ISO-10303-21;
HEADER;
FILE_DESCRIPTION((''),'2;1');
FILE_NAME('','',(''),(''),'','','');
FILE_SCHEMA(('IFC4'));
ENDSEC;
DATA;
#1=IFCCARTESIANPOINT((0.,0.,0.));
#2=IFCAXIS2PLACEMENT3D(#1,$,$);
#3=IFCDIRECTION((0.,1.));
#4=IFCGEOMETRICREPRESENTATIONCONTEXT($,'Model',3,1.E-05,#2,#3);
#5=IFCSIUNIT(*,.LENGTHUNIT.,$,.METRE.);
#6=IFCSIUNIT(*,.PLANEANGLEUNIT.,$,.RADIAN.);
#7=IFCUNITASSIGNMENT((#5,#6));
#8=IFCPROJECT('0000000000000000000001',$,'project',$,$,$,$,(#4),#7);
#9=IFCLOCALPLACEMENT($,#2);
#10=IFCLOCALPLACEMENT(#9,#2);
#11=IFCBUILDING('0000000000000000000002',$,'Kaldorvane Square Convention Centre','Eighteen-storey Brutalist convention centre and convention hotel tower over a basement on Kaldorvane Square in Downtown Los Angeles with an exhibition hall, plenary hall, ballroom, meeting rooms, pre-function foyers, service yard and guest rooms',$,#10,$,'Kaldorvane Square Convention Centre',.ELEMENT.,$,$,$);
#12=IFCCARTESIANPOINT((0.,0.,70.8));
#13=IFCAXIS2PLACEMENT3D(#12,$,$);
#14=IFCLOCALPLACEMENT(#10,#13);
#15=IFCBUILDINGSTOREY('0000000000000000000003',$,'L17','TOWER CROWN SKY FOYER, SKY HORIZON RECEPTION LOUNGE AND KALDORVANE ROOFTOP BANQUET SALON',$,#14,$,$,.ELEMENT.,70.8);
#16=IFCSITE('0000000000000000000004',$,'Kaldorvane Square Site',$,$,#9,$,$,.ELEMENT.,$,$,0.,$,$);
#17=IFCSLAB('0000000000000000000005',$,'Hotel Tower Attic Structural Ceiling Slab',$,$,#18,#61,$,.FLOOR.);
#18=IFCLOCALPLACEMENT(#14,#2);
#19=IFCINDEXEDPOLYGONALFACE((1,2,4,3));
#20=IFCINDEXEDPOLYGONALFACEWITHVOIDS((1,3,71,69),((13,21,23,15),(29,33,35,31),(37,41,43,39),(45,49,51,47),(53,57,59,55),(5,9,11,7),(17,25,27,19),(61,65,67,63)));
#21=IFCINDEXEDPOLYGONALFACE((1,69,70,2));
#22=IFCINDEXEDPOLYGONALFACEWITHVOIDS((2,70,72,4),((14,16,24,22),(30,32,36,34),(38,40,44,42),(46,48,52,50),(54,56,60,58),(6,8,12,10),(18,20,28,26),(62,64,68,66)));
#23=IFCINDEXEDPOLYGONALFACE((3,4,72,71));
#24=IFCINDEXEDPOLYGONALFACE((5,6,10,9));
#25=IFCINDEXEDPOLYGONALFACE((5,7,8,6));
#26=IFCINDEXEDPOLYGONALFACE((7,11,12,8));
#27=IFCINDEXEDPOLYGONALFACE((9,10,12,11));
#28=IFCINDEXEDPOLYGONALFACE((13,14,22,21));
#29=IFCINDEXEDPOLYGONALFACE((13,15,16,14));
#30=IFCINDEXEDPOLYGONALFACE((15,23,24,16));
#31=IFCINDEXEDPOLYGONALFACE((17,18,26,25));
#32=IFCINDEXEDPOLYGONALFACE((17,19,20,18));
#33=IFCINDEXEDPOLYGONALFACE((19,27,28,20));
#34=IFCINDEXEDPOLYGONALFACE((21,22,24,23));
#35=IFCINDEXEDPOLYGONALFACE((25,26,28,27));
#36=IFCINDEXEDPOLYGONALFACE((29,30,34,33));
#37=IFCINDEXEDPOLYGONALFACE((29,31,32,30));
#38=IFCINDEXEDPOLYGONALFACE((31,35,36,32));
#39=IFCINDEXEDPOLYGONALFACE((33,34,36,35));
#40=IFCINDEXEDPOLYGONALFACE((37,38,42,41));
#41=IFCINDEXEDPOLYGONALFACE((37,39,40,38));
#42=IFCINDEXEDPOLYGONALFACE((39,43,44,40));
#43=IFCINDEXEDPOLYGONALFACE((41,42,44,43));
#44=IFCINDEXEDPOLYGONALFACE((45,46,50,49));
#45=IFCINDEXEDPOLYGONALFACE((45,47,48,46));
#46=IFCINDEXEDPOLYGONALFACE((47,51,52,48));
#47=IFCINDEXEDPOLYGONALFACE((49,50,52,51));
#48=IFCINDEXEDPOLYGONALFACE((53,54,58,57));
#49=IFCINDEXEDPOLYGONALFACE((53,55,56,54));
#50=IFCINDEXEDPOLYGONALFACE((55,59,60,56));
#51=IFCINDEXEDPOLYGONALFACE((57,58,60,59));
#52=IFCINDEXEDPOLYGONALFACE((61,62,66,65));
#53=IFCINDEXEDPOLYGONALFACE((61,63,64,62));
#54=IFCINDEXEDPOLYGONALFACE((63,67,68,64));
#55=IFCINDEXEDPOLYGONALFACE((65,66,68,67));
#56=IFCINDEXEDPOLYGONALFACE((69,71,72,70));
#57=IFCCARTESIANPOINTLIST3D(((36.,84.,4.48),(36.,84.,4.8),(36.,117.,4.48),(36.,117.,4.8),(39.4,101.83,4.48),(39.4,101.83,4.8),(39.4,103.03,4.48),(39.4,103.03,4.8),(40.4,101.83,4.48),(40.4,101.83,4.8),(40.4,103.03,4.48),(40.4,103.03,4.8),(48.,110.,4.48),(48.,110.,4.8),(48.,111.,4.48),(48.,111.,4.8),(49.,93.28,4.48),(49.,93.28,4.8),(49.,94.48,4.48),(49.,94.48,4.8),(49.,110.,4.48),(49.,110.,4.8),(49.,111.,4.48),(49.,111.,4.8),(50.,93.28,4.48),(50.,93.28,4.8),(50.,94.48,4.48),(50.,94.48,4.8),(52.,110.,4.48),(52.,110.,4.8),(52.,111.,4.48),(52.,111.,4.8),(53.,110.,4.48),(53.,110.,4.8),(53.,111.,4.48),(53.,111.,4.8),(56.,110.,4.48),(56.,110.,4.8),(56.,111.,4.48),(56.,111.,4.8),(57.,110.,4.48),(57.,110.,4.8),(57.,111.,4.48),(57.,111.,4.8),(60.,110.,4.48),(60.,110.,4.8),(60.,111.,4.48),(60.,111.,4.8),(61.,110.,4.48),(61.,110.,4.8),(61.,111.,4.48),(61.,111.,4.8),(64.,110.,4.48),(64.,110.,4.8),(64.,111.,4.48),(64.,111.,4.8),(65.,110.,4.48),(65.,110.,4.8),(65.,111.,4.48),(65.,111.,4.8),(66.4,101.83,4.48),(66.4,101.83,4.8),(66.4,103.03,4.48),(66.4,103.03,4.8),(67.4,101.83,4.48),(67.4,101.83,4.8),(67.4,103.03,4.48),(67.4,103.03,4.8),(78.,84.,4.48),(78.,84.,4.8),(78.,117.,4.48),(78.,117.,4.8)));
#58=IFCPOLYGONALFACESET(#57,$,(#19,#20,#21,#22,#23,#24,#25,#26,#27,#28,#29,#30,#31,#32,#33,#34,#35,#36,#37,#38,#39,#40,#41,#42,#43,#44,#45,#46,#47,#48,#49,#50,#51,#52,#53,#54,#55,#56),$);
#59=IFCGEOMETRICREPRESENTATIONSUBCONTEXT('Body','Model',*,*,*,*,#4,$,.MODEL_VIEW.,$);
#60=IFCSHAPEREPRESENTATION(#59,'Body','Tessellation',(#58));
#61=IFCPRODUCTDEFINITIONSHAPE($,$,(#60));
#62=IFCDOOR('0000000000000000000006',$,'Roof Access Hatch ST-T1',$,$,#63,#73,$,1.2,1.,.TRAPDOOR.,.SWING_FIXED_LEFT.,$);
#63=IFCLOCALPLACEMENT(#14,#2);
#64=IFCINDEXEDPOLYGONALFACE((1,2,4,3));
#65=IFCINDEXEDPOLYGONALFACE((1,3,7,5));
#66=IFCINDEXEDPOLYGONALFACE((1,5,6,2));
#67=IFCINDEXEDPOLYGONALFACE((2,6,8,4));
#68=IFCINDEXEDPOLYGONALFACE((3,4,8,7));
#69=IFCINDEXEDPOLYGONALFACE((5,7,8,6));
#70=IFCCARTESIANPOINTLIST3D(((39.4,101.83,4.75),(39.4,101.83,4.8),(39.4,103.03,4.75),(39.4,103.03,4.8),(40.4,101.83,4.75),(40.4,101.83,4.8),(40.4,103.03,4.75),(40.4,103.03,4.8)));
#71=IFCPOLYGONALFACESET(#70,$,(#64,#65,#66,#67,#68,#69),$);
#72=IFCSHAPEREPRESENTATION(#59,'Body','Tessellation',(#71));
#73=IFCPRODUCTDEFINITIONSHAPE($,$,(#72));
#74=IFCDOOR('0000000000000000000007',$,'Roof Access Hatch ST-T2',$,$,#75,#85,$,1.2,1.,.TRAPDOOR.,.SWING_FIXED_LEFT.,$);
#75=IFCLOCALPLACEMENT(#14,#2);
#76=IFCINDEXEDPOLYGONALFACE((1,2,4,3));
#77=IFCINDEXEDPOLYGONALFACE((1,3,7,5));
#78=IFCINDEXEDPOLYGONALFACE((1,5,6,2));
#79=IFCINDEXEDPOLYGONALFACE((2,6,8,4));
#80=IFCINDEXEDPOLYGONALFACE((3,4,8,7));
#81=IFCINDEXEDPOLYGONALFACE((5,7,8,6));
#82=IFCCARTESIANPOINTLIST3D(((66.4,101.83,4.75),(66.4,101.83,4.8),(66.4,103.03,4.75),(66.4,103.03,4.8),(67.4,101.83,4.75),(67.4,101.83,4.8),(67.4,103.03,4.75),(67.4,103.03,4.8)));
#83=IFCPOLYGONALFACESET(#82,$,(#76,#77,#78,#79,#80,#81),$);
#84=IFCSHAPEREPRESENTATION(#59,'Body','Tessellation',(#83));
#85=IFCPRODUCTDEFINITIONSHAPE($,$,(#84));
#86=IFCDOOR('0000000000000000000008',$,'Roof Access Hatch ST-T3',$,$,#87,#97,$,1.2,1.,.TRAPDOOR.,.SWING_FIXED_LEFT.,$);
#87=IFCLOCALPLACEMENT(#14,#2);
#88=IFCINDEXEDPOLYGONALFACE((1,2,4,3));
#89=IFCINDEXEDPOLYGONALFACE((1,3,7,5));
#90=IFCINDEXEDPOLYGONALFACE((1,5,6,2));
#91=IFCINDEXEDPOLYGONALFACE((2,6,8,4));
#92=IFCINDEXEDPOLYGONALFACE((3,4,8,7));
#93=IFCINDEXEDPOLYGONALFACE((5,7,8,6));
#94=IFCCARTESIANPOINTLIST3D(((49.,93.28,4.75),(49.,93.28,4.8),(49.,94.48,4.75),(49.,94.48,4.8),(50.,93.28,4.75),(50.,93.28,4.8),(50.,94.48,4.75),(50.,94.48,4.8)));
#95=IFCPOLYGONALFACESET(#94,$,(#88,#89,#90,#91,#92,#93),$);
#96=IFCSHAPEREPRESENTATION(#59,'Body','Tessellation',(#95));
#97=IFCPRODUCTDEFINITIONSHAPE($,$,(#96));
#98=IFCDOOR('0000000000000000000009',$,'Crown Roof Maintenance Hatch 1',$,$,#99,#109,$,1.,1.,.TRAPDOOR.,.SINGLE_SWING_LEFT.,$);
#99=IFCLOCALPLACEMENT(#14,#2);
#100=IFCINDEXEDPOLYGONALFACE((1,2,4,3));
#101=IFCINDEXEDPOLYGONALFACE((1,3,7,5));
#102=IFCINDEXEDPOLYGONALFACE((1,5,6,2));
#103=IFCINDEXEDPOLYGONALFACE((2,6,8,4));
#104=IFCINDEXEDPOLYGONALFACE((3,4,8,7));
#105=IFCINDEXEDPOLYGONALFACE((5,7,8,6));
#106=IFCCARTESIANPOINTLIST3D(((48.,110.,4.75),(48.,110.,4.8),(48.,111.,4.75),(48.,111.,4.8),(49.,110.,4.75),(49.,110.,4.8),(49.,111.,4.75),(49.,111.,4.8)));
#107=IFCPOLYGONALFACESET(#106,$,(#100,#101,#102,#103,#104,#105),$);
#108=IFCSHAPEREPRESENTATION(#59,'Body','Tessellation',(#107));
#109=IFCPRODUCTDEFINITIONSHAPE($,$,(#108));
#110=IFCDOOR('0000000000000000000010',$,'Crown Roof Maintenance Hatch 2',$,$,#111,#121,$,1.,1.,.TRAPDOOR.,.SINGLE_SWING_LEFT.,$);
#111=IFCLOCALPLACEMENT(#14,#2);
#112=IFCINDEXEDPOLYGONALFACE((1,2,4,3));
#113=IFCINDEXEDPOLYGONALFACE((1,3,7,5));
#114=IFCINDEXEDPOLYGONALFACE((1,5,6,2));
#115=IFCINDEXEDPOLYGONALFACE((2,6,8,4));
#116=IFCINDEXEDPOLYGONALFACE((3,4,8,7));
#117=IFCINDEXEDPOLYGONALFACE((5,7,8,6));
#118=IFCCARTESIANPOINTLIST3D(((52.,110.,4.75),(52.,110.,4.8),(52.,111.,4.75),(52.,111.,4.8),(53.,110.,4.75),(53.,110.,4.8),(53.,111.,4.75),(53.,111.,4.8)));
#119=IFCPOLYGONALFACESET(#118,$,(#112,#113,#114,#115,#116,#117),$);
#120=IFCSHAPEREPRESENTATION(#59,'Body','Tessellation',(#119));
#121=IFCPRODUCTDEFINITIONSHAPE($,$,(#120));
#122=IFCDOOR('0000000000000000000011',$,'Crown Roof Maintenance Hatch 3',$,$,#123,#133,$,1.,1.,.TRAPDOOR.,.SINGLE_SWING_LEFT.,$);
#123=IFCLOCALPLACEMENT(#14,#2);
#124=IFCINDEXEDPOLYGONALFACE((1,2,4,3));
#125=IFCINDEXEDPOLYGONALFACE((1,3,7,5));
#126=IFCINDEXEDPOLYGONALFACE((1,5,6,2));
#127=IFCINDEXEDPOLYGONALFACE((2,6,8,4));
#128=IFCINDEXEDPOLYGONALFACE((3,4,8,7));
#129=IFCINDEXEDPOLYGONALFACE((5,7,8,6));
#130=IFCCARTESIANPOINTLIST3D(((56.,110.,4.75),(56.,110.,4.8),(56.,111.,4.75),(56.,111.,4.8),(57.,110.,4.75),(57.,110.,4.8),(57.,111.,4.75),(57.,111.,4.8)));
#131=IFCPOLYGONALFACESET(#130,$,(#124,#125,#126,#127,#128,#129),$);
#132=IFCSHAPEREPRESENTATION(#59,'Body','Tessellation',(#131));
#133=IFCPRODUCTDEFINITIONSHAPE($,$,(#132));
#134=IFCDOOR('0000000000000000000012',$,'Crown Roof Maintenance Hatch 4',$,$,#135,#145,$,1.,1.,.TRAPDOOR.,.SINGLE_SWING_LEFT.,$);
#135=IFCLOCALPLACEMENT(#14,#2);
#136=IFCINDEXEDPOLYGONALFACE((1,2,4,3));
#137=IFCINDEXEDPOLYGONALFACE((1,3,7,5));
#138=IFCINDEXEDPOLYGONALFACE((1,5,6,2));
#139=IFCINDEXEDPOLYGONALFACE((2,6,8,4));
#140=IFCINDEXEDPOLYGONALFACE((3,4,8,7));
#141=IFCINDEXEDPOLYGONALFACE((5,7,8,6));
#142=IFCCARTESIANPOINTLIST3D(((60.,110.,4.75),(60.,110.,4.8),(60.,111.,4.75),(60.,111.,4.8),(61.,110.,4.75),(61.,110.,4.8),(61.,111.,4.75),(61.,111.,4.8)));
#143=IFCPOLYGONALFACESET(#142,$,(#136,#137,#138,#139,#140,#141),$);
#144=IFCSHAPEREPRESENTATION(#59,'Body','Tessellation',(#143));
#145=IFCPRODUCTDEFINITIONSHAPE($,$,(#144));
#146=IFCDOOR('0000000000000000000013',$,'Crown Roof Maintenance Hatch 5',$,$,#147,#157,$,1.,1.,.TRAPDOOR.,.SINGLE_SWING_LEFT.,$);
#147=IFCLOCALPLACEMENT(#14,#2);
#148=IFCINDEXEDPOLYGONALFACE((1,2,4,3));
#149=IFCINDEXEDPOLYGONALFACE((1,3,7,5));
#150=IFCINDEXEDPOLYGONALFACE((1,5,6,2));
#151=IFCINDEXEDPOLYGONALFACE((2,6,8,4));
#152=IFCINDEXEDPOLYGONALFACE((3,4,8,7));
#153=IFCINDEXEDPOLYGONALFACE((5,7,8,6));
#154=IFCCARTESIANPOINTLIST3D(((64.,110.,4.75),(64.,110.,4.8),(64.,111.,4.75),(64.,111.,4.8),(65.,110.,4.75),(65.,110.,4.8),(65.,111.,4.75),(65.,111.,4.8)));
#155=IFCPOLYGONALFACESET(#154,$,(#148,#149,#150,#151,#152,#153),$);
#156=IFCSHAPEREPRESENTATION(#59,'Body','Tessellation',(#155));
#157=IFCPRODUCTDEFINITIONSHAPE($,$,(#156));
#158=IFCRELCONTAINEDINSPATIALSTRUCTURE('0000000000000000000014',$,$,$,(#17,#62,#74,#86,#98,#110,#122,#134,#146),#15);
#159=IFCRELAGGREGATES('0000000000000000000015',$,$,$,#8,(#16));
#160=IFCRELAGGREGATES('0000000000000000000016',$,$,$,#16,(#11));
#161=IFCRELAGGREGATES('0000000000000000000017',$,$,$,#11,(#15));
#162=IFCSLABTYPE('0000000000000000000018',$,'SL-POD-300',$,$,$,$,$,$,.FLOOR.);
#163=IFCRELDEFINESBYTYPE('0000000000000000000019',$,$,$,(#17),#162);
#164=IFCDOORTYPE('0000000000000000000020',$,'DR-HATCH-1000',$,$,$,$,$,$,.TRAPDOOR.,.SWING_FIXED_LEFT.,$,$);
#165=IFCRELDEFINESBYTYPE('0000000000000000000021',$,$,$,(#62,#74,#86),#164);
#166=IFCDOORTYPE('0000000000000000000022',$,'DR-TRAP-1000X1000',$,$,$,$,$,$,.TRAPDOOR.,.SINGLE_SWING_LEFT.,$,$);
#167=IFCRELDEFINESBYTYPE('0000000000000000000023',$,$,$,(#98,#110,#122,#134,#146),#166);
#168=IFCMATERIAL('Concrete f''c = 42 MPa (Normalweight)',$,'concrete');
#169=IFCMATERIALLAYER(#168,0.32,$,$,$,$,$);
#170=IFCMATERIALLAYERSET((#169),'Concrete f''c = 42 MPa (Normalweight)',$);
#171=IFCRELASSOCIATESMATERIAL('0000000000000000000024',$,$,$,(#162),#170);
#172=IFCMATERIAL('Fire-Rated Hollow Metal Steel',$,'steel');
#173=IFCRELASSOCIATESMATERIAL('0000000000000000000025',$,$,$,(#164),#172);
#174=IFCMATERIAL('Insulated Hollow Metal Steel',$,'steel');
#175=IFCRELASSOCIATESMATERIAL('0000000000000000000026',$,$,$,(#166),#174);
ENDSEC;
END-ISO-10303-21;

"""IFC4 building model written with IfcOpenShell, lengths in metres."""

from ifc_helpers import new_model, si_unit, direction, frame, origin, origin_2d, place, context, subcontext, project, spatial, polyline, rectangle, outline, extrude, material, layer, layer_set, type_object, element, fill, save


model = new_model("IFC4")

# Units and contexts
model_context = context("Model", 3, precision=1e-05, world=origin(), true_north=direction((0.0, 1.0)))
body_context = subcontext(model_context, "Body", "Model", "MODEL_VIEW")
ifc_project = project(units=[si_unit("LENGTHUNIT", "METRE"), si_unit("PLANEANGLEUNIT", "RADIAN")], contexts=[model_context])

# Site, building, storey
site_placement = place(None, origin())
site = spatial("IfcSite", under=ifc_project, at=site_placement, Name="Kaldorvane Square Site", CompositionType="ELEMENT", RefElevation=0.0)
building_placement = place(site_placement, origin())
building = spatial("IfcBuilding", under=site, at=building_placement, Name="Kaldorvane Square Convention Centre", Description="Eighteen-storey Brutalist convention centre and convention hotel tower over a basement on Kaldorvane Square in Downtown Los Angeles with an exhibition hall, plenary hall, ballroom, meeting rooms, pre-function foyers, service yard and guest rooms", LongName="Kaldorvane Square Convention Centre", CompositionType="ELEMENT")
storey_placement = place(building_placement, frame((0.0, 0.0, 70.8)))
storey = spatial("IfcBuildingStorey", under=building, at=storey_placement, Name="L17", Description="TOWER CROWN SKY FOYER, SKY HORIZON RECEPTION LOUNGE AND KALDORVANE ROOFTOP BANQUET SALON", CompositionType="ELEMENT", Elevation=70.8)

# Shared definitions
ifc_material_1 = material(Name="Concrete f'c = 42 MPa (Normalweight)", Category="concrete")

# Shared definitions
ifc_layer_1 = layer(ifc_material_1, 0.32)
ifc_layer_set_1 = layer_set([ifc_layer_1], Name="Concrete f'c = 42 MPa (Normalweight)")
slab_type_1 = type_object("IfcSlabType", Name="SL-POD-300", PredefinedType="FLOOR", material=ifc_layer_set_1)

# Slab, openings, doors
slab_1_placement = place(storey_placement, frame((0.0, 0.0, 4.48)))
slab_1 = element("IfcSlab", 1, at=slab_1_placement, inside=storey, type_object=slab_type_1, Name="Hotel Tower Attic Structural Ceiling Slab", PredefinedType="FLOOR", context=body_context, shape_type="SweptSolid", body=[
    extrude(outline(polyline([(36.0, 84.0), (78.0, 84.0), (78.0, 117.0), (36.0, 117.0), (36.0, 84.0)])), origin(), (0.0, 0.0, 1.0), 0.32),
])
opening_1_placement = place(slab_1_placement, frame((39.9, 102.43, 0.0)))
opening_1 = element("IfcOpeningElement", 2, at=opening_1_placement, cuts=slab_1, PredefinedType="OPENING", context=body_context, shape_type="SweptSolid", body=[
    extrude(rectangle(XDim=1.0, YDim=1.2, at=origin_2d()), origin(), (0.0, 0.0, 1.0), 0.32),
])
opening_2_placement = place(slab_1_placement, frame((66.9, 102.43, 0.0)))
opening_2 = element("IfcOpeningElement", 3, at=opening_2_placement, cuts=slab_1, PredefinedType="OPENING", context=body_context, shape_type="SweptSolid", body=[
    extrude(rectangle(XDim=1.0, YDim=1.2, at=origin_2d()), origin(), (0.0, 0.0, 1.0), 0.32),
])
opening_3_placement = place(slab_1_placement, frame((49.5, 93.88, 0.0)))
opening_3 = element("IfcOpeningElement", 4, at=opening_3_placement, cuts=slab_1, PredefinedType="OPENING", context=body_context, shape_type="SweptSolid", body=[
    extrude(rectangle(XDim=1.0, YDim=1.2, at=origin_2d()), origin(), (0.0, 0.0, 1.0), 0.32),
])
opening_4_placement = place(slab_1_placement, frame((48.5, 110.5, 0.0)))
opening_4 = element("IfcOpeningElement", 5, at=opening_4_placement, cuts=slab_1, PredefinedType="OPENING", context=body_context, shape_type="SweptSolid", body=[
    extrude(rectangle(XDim=1.0, YDim=1.0, at=origin_2d()), origin(), (0.0, 0.0, 1.0), 0.32),
])
opening_5_placement = place(slab_1_placement, frame((52.5, 110.5, 0.0)))
opening_5 = element("IfcOpeningElement", 6, at=opening_5_placement, cuts=slab_1, PredefinedType="OPENING", context=body_context, shape_type="SweptSolid", body=[
    extrude(rectangle(XDim=1.0, YDim=1.0, at=origin_2d()), origin(), (0.0, 0.0, 1.0), 0.32),
])
opening_6_placement = place(slab_1_placement, frame((56.5, 110.5, 0.0)))
opening_6 = element("IfcOpeningElement", 7, at=opening_6_placement, cuts=slab_1, PredefinedType="OPENING", context=body_context, shape_type="SweptSolid", body=[
    extrude(rectangle(XDim=1.0, YDim=1.0, at=origin_2d()), origin(), (0.0, 0.0, 1.0), 0.32),
])
opening_7_placement = place(slab_1_placement, frame((60.5, 110.5, 0.0)))
opening_7 = element("IfcOpeningElement", 8, at=opening_7_placement, cuts=slab_1, PredefinedType="OPENING", context=body_context, shape_type="SweptSolid", body=[
    extrude(rectangle(XDim=1.0, YDim=1.0, at=origin_2d()), origin(), (0.0, 0.0, 1.0), 0.32),
])
opening_8_placement = place(slab_1_placement, frame((64.5, 110.5, 0.0)))
opening_8 = element("IfcOpeningElement", 9, at=opening_8_placement, cuts=slab_1, PredefinedType="OPENING", context=body_context, shape_type="SweptSolid", body=[
    extrude(rectangle(XDim=1.0, YDim=1.0, at=origin_2d()), origin(), (0.0, 0.0, 1.0), 0.32),
])
ifc_material_2 = material(Name="Fire-Rated Hollow Metal Steel", Category="steel")
door_type_1 = type_object("IfcDoorType", Name="DR-HATCH-1000", OperationType="SWING_FIXED_LEFT", PredefinedType="TRAPDOOR", material=ifc_material_2)
door_1_placement = place(opening_1_placement, frame((0.0, 0.0, 0.27)))
door_1 = element("IfcDoor", 10, at=door_1_placement, inside=storey, type_object=door_type_1, Name="Roof Access Hatch ST-T1", OperationType="SWING_FIXED_LEFT", OverallHeight=1.2, OverallWidth=1.0, PredefinedType="TRAPDOOR", context=body_context, shape_type="SweptSolid", body=[
    extrude(rectangle(XDim=1.0, YDim=1.2, at=origin_2d()), origin(), (0.0, 0.0, 1.0), 0.05),
])
fill(opening_1, door_1)
door_2_placement = place(opening_2_placement, frame((0.0, 0.0, 0.27)))
door_2 = element("IfcDoor", 11, at=door_2_placement, inside=storey, type_object=door_type_1, Name="Roof Access Hatch ST-T2", OperationType="SWING_FIXED_LEFT", OverallHeight=1.2, OverallWidth=1.0, PredefinedType="TRAPDOOR", context=body_context, shape_type="SweptSolid", body=[
    extrude(rectangle(XDim=1.0, YDim=1.2, at=origin_2d()), origin(), (0.0, 0.0, 1.0), 0.05),
])
fill(opening_2, door_2)
door_3_placement = place(opening_3_placement, frame((0.0, 0.0, 0.27)))
door_3 = element("IfcDoor", 12, at=door_3_placement, inside=storey, type_object=door_type_1, Name="Roof Access Hatch ST-T3", OperationType="SWING_FIXED_LEFT", OverallHeight=1.2, OverallWidth=1.0, PredefinedType="TRAPDOOR", context=body_context, shape_type="SweptSolid", body=[
    extrude(rectangle(XDim=1.0, YDim=1.2, at=origin_2d()), origin(), (0.0, 0.0, 1.0), 0.05),
])
fill(opening_3, door_3)
ifc_material_3 = material(Name="Insulated Hollow Metal Steel", Category="steel")
door_type_2 = type_object("IfcDoorType", Name="DR-TRAP-1000X1000", OperationType="SINGLE_SWING_LEFT", PredefinedType="TRAPDOOR", material=ifc_material_3)
door_4_placement = place(opening_4_placement, frame((0.0, 0.0, 0.27)))
door_4 = element("IfcDoor", 13, at=door_4_placement, inside=storey, type_object=door_type_2, Name="Crown Roof Maintenance Hatch 1", OperationType="SINGLE_SWING_LEFT", OverallHeight=1.0, OverallWidth=1.0, PredefinedType="TRAPDOOR", context=body_context, shape_type="SweptSolid", body=[
    extrude(rectangle(XDim=1.0, YDim=1.0, at=origin_2d()), origin(), (0.0, 0.0, 1.0), 0.05),
])
fill(opening_4, door_4)
door_5_placement = place(opening_5_placement, frame((0.0, 0.0, 0.27)))
door_5 = element("IfcDoor", 14, at=door_5_placement, inside=storey, type_object=door_type_2, Name="Crown Roof Maintenance Hatch 2", OperationType="SINGLE_SWING_LEFT", OverallHeight=1.0, OverallWidth=1.0, PredefinedType="TRAPDOOR", context=body_context, shape_type="SweptSolid", body=[
    extrude(rectangle(XDim=1.0, YDim=1.0, at=origin_2d()), origin(), (0.0, 0.0, 1.0), 0.05),
])
fill(opening_5, door_5)
door_6_placement = place(opening_6_placement, frame((0.0, 0.0, 0.27)))
door_6 = element("IfcDoor", 15, at=door_6_placement, inside=storey, type_object=door_type_2, Name="Crown Roof Maintenance Hatch 3", OperationType="SINGLE_SWING_LEFT", OverallHeight=1.0, OverallWidth=1.0, PredefinedType="TRAPDOOR", context=body_context, shape_type="SweptSolid", body=[
    extrude(rectangle(XDim=1.0, YDim=1.0, at=origin_2d()), origin(), (0.0, 0.0, 1.0), 0.05),
])
fill(opening_6, door_6)
door_7_placement = place(opening_7_placement, frame((0.0, 0.0, 0.27)))
door_7 = element("IfcDoor", 16, at=door_7_placement, inside=storey, type_object=door_type_2, Name="Crown Roof Maintenance Hatch 4", OperationType="SINGLE_SWING_LEFT", OverallHeight=1.0, OverallWidth=1.0, PredefinedType="TRAPDOOR", context=body_context, shape_type="SweptSolid", body=[
    extrude(rectangle(XDim=1.0, YDim=1.0, at=origin_2d()), origin(), (0.0, 0.0, 1.0), 0.05),
])
fill(opening_7, door_7)
door_8_placement = place(opening_8_placement, frame((0.0, 0.0, 0.27)))
door_8 = element("IfcDoor", 17, at=door_8_placement, inside=storey, type_object=door_type_2, Name="Crown Roof Maintenance Hatch 5", OperationType="SINGLE_SWING_LEFT", OverallHeight=1.0, OverallWidth=1.0, PredefinedType="TRAPDOOR", context=body_context, shape_type="SweptSolid", body=[
    extrude(rectangle(XDim=1.0, YDim=1.0, at=origin_2d()), origin(), (0.0, 0.0, 1.0), 0.05),
])
fill(opening_8, door_8)

save(model, "model.ifc")
